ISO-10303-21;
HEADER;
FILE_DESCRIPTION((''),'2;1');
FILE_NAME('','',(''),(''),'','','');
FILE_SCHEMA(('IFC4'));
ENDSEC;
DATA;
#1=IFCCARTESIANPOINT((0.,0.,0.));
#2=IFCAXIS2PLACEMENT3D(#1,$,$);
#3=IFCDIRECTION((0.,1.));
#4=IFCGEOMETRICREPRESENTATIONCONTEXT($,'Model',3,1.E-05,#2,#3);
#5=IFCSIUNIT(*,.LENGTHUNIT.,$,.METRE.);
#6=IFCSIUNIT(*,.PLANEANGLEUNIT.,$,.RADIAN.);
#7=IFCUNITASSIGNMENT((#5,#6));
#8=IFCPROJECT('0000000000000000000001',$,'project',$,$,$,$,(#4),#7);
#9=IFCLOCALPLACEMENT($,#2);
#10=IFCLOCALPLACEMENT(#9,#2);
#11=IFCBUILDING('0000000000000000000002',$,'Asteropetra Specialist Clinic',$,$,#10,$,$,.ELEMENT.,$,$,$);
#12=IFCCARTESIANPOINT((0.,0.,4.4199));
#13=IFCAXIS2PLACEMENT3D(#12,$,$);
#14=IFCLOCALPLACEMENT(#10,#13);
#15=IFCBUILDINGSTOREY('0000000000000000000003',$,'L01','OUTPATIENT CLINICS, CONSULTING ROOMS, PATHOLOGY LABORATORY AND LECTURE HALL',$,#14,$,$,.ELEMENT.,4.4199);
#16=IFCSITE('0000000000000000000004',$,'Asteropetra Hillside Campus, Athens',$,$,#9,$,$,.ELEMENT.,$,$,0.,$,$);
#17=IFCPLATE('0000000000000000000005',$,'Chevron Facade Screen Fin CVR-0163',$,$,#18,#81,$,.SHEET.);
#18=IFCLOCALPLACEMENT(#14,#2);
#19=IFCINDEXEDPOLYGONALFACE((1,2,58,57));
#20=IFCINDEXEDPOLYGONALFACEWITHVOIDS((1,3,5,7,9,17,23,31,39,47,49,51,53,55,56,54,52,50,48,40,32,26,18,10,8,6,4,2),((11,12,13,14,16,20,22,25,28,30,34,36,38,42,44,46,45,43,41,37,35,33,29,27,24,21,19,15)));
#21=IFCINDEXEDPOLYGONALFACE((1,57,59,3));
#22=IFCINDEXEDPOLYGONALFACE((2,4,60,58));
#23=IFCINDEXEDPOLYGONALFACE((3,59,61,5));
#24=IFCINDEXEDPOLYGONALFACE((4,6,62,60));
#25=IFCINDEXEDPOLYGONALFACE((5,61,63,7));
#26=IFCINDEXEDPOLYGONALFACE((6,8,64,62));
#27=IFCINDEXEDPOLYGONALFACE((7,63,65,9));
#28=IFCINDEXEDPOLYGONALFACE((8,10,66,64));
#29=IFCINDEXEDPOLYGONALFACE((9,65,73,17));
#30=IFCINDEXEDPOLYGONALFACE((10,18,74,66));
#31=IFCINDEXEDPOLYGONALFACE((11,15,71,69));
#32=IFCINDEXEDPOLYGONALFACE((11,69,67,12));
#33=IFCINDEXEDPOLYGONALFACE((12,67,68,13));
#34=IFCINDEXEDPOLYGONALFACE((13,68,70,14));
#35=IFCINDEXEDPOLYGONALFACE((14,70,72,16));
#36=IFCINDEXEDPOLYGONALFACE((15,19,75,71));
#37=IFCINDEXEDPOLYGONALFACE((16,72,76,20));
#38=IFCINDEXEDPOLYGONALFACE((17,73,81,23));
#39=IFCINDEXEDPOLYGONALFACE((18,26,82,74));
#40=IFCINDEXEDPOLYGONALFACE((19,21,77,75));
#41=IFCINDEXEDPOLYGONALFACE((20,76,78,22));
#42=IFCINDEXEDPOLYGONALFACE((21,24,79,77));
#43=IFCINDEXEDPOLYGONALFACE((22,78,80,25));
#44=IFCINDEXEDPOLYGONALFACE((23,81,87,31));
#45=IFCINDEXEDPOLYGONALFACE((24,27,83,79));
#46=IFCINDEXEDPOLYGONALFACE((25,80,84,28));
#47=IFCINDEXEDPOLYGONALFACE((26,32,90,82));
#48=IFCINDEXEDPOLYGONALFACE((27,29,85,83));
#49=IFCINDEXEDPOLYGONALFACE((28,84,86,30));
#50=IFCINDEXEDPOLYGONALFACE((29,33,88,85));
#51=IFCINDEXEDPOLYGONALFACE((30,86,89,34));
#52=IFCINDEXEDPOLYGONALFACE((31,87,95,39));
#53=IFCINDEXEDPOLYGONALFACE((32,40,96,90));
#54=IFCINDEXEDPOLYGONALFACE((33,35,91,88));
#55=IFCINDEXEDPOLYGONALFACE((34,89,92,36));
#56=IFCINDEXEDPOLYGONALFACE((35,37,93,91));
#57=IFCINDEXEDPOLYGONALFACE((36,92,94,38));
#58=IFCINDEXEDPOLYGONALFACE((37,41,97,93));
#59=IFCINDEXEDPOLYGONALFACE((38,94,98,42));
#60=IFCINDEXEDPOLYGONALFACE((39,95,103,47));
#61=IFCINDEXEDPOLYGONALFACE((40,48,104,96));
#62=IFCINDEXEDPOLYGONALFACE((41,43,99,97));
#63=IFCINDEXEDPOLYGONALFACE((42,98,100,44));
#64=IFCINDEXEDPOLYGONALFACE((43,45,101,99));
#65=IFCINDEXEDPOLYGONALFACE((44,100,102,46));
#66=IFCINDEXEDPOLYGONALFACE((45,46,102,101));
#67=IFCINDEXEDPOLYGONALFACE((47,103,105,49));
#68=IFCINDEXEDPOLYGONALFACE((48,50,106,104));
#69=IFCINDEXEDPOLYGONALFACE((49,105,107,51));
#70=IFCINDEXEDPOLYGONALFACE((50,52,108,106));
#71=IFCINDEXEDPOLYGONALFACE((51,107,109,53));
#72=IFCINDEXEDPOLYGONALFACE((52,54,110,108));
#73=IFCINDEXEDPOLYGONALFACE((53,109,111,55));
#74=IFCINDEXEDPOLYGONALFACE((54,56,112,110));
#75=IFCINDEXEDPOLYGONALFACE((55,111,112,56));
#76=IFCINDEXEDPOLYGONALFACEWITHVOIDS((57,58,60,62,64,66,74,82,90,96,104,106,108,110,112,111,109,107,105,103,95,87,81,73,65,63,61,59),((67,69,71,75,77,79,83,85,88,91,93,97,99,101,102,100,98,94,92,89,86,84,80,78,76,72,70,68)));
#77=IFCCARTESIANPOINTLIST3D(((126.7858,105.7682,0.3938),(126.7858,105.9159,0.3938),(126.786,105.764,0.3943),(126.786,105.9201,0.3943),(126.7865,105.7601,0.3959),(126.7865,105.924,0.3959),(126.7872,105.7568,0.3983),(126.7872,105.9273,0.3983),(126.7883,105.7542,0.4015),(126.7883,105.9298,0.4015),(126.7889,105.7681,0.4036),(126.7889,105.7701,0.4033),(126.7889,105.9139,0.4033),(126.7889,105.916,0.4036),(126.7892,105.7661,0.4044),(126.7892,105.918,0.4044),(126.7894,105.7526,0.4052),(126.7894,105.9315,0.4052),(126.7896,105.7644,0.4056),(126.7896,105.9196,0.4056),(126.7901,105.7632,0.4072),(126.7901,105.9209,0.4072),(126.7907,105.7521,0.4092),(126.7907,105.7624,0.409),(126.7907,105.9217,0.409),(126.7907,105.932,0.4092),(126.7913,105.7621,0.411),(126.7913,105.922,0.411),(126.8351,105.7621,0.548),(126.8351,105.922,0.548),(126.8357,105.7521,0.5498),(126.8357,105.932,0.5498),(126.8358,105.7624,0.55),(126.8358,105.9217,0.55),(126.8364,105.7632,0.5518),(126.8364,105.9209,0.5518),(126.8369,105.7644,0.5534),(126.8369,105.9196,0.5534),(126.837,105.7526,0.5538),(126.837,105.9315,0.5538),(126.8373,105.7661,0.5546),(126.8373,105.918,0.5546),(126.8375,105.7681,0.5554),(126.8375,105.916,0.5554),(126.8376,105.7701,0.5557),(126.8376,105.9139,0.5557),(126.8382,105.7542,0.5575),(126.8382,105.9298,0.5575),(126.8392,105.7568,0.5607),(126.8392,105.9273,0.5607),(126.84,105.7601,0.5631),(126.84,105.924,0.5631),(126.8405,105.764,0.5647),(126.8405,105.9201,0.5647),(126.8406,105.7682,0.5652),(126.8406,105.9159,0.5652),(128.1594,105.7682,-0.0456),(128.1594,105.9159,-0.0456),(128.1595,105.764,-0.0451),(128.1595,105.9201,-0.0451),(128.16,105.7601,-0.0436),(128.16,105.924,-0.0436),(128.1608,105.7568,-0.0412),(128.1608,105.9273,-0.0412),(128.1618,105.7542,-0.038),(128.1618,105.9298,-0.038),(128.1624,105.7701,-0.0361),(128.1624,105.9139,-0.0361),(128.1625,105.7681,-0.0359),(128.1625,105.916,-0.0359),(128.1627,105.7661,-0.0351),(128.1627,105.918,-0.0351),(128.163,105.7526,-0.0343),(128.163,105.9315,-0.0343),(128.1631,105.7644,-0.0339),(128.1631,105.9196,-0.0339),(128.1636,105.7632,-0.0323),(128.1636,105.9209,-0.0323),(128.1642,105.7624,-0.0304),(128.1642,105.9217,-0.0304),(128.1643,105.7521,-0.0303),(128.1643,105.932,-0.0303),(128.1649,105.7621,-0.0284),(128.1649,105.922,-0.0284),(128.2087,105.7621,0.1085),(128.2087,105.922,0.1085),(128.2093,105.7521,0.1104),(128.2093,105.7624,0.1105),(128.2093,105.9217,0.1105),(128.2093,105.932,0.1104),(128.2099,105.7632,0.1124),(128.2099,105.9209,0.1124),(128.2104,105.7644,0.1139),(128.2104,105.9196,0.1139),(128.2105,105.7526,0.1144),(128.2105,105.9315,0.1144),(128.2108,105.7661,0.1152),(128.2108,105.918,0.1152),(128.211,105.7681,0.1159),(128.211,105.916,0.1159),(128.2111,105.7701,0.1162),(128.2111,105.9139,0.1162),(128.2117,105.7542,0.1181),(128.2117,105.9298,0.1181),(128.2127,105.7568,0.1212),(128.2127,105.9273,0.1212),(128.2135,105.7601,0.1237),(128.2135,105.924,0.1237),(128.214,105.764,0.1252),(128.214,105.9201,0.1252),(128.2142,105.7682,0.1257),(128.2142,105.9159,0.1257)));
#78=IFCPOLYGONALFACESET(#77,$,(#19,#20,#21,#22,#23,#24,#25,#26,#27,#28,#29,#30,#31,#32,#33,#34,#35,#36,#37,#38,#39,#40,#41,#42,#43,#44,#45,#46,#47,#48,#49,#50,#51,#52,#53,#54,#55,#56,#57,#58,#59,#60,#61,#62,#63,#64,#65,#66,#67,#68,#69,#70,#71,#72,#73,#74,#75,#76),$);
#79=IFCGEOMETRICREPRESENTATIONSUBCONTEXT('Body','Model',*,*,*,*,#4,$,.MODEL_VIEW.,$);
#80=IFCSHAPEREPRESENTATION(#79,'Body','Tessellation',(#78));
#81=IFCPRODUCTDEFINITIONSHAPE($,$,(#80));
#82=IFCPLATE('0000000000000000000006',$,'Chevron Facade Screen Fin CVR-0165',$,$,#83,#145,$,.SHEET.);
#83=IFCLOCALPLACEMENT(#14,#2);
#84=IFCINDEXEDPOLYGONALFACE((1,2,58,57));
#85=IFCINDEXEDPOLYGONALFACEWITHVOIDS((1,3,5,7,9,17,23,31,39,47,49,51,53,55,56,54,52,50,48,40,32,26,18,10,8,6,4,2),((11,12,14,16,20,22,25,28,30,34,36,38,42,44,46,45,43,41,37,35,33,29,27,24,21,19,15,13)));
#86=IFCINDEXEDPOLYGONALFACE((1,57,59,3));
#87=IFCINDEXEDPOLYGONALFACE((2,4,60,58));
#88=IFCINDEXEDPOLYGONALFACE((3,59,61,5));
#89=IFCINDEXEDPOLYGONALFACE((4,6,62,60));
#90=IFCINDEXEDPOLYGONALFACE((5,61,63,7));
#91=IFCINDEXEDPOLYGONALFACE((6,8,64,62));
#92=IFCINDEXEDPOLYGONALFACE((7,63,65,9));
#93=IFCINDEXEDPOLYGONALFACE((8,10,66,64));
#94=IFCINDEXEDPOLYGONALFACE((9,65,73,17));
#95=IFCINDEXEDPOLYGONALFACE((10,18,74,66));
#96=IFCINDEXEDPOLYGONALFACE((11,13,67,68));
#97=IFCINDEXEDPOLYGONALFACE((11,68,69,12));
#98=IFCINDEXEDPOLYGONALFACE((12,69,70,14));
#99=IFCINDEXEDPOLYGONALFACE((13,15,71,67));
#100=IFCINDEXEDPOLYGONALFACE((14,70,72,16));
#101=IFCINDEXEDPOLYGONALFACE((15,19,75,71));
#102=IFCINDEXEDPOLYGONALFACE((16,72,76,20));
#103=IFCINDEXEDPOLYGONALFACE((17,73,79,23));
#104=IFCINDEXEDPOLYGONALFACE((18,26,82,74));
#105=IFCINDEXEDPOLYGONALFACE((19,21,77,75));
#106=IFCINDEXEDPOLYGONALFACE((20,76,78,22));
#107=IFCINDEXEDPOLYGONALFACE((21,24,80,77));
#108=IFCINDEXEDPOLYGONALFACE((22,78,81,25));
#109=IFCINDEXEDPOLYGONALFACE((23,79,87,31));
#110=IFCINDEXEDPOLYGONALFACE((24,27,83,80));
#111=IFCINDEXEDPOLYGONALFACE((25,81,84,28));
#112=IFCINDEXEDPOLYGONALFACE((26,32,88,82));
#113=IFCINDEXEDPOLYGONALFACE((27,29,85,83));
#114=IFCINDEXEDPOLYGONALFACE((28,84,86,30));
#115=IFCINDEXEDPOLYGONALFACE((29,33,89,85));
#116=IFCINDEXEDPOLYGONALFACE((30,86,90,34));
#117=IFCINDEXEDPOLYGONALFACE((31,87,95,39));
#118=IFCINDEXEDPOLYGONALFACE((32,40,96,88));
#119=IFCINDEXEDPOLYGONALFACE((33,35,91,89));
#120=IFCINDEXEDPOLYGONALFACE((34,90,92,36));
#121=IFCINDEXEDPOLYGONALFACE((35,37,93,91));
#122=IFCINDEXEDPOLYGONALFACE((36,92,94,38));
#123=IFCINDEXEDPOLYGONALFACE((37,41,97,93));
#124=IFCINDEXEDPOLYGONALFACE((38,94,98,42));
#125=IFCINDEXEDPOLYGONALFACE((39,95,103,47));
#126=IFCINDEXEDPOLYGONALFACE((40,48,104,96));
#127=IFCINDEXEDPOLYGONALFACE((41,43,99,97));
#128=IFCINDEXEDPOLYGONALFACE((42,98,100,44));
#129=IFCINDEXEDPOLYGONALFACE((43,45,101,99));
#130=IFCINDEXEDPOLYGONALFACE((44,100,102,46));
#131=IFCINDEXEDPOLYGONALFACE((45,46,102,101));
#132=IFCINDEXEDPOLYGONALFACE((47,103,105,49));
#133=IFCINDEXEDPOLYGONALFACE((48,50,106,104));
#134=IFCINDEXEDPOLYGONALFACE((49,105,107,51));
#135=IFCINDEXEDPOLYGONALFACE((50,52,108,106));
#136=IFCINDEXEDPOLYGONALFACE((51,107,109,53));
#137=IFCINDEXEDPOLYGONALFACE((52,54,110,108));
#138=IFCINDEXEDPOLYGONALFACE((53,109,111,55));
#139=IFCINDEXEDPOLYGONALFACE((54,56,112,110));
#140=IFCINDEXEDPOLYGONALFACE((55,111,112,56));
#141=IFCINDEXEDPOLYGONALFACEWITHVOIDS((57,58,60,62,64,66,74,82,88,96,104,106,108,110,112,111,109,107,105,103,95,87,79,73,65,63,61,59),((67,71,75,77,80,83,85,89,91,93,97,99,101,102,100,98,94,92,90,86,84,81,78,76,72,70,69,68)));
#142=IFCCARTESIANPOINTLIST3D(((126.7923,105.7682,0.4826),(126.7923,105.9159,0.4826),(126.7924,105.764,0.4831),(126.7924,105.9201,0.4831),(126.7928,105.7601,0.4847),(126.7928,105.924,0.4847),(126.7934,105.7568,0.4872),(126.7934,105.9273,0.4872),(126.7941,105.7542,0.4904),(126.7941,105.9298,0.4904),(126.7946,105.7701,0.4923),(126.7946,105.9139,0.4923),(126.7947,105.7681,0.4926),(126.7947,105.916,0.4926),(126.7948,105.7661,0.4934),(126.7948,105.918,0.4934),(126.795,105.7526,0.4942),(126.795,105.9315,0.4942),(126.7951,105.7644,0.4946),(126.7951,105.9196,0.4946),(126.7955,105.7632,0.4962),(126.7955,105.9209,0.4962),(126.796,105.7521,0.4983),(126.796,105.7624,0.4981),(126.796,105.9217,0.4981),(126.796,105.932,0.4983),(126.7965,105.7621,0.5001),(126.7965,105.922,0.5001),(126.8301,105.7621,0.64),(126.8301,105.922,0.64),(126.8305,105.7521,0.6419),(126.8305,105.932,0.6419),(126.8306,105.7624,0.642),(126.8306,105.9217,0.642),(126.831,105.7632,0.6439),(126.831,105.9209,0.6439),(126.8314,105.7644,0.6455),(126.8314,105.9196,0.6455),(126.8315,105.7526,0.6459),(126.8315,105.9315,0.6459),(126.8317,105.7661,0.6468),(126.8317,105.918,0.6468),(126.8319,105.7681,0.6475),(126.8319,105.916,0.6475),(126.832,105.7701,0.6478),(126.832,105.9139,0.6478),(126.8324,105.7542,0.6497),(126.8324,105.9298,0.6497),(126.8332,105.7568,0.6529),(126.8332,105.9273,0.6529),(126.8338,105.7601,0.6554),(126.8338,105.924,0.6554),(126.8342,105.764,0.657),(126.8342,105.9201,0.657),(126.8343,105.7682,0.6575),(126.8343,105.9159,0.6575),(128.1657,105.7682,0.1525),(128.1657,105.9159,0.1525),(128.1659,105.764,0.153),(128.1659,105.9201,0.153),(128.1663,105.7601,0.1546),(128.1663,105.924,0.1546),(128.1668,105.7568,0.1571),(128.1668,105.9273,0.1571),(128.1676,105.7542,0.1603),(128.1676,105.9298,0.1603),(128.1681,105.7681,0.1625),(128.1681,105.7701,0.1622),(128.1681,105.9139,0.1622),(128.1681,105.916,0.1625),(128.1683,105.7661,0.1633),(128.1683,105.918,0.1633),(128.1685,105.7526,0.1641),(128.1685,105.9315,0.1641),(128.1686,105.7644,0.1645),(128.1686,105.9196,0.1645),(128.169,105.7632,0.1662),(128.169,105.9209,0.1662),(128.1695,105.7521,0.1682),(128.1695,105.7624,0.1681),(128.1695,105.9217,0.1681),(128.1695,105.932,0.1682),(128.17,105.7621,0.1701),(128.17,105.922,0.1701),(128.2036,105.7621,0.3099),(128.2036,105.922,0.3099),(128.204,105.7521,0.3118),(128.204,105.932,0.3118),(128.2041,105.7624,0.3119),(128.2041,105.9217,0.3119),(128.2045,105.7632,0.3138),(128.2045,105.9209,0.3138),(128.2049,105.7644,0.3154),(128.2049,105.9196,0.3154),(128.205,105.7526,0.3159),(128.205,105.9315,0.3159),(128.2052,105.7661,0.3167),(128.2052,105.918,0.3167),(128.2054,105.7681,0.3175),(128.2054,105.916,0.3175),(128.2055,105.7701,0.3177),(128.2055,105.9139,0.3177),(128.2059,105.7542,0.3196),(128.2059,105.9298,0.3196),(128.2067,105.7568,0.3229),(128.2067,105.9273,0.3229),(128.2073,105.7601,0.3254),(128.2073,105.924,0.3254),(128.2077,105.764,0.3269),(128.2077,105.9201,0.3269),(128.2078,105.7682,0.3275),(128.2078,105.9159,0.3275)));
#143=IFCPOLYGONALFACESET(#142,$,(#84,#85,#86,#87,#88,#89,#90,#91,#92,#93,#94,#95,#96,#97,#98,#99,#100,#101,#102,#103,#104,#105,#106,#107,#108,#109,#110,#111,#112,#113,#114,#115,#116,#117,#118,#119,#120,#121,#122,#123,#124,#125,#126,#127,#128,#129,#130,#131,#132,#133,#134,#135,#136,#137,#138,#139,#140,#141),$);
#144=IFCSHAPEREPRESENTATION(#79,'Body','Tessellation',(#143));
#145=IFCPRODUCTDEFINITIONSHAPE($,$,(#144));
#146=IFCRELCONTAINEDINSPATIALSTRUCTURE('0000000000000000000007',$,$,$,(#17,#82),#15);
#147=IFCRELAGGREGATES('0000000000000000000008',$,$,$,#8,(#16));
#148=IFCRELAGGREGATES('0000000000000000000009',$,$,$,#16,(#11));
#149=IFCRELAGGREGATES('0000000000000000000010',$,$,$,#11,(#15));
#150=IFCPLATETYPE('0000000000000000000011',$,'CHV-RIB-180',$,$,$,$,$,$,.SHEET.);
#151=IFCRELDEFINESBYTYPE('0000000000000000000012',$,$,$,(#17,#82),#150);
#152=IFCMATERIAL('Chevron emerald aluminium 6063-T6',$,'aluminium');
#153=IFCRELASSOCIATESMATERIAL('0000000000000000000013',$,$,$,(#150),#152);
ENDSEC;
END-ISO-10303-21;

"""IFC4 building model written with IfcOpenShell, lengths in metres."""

from ifc_helpers import new_model, si_unit, direction, frame, origin, origin_2d, place, context, subcontext, project, spatial, hollow_rectangle, extrude, material, material_profile, profile_set, type_object, element, save


model = new_model("IFC4")

# Units and contexts
model_context = context("Model", 3, precision=1e-05, world=origin(), true_north=direction((0.0, 1.0)))
body_context = subcontext(model_context, "Body", "Model", "MODEL_VIEW")
ifc_project = project(units=[si_unit("LENGTHUNIT", "METRE"), si_unit("PLANEANGLEUNIT", "RADIAN")], contexts=[model_context])

# Site, building, storey
site_placement = place(None, origin())
site = spatial("IfcSite", under=ifc_project, at=site_placement, Name="Asteropetra Hillside Campus, Athens", CompositionType="ELEMENT", RefElevation=0.0)
building_placement = place(site_placement, origin())
building = spatial("IfcBuilding", under=site, at=building_placement, Name="Asteropetra Specialist Clinic", CompositionType="ELEMENT")
storey_placement = place(building_placement, frame((0.0, 0.0, 4.4199)))
storey = spatial("IfcBuildingStorey", under=building, at=storey_placement, Name="L01", Description="OUTPATIENT CLINICS, CONSULTING ROOMS, PATHOLOGY LABORATORY AND LECTURE HALL", CompositionType="ELEMENT", Elevation=4.4199)

# Plates
ifc_material_1 = material(Name="Chevron emerald aluminium 6063-T6", Category="aluminium")
ifc_material_profile_1 = material_profile(ifc_material_1, hollow_rectangle(XDim=0.1799, YDim=0.1799, WallThickness=0.01, InnerFilletRadius=0.0081, OuterFilletRadius=0.0161, at=origin_2d()), Name="SHS 180x180x10.0")
ifc_profile_set_1 = profile_set([ifc_material_profile_1], Name="Chevron emerald aluminium 6063-T6")
plate_type = type_object("IfcPlateType", Name="CHV-RIB-180", PredefinedType="SHEET", material=ifc_profile_set_1)
plate_1_placement = place(storey_placement, frame((128.1868, 105.842, 0.04), z_axis=(-0.95244, 0.0, 0.304727), x_axis=(0.0, -1.0, 0.0)))
element("IfcPlate", 1, at=plate_1_placement, inside=storey, type_object=plate_type, Name="Chevron Facade Screen Fin CVR-0163", PredefinedType="SHEET", context=body_context, shape_type="SweptSolid", body=[
    extrude(hollow_rectangle(XDim=0.1799, YDim=0.1799, WallThickness=0.01, InnerFilletRadius=0.0081, OuterFilletRadius=0.0161, at=origin_2d()), origin(), (0.0, 0.0, 1.0), 1.4421),
])
plate_2_placement = place(storey_placement, frame((128.1868, 105.842, 0.24), z_axis=(-0.972318, 0.0, 0.233661), x_axis=(0.0, -1.0, 0.0)))
element("IfcPlate", 2, at=plate_2_placement, inside=storey, type_object=plate_type, Name="Chevron Facade Screen Fin CVR-0165", PredefinedType="SHEET", context=body_context, shape_type="SweptSolid", body=[
    extrude(hollow_rectangle(XDim=0.1799, YDim=0.1799, WallThickness=0.01, InnerFilletRadius=0.0081, OuterFilletRadius=0.0161, at=origin_2d()), origin(), (0.0, 0.0, 1.0), 1.4126),
])

save(model, "model.ifc")
